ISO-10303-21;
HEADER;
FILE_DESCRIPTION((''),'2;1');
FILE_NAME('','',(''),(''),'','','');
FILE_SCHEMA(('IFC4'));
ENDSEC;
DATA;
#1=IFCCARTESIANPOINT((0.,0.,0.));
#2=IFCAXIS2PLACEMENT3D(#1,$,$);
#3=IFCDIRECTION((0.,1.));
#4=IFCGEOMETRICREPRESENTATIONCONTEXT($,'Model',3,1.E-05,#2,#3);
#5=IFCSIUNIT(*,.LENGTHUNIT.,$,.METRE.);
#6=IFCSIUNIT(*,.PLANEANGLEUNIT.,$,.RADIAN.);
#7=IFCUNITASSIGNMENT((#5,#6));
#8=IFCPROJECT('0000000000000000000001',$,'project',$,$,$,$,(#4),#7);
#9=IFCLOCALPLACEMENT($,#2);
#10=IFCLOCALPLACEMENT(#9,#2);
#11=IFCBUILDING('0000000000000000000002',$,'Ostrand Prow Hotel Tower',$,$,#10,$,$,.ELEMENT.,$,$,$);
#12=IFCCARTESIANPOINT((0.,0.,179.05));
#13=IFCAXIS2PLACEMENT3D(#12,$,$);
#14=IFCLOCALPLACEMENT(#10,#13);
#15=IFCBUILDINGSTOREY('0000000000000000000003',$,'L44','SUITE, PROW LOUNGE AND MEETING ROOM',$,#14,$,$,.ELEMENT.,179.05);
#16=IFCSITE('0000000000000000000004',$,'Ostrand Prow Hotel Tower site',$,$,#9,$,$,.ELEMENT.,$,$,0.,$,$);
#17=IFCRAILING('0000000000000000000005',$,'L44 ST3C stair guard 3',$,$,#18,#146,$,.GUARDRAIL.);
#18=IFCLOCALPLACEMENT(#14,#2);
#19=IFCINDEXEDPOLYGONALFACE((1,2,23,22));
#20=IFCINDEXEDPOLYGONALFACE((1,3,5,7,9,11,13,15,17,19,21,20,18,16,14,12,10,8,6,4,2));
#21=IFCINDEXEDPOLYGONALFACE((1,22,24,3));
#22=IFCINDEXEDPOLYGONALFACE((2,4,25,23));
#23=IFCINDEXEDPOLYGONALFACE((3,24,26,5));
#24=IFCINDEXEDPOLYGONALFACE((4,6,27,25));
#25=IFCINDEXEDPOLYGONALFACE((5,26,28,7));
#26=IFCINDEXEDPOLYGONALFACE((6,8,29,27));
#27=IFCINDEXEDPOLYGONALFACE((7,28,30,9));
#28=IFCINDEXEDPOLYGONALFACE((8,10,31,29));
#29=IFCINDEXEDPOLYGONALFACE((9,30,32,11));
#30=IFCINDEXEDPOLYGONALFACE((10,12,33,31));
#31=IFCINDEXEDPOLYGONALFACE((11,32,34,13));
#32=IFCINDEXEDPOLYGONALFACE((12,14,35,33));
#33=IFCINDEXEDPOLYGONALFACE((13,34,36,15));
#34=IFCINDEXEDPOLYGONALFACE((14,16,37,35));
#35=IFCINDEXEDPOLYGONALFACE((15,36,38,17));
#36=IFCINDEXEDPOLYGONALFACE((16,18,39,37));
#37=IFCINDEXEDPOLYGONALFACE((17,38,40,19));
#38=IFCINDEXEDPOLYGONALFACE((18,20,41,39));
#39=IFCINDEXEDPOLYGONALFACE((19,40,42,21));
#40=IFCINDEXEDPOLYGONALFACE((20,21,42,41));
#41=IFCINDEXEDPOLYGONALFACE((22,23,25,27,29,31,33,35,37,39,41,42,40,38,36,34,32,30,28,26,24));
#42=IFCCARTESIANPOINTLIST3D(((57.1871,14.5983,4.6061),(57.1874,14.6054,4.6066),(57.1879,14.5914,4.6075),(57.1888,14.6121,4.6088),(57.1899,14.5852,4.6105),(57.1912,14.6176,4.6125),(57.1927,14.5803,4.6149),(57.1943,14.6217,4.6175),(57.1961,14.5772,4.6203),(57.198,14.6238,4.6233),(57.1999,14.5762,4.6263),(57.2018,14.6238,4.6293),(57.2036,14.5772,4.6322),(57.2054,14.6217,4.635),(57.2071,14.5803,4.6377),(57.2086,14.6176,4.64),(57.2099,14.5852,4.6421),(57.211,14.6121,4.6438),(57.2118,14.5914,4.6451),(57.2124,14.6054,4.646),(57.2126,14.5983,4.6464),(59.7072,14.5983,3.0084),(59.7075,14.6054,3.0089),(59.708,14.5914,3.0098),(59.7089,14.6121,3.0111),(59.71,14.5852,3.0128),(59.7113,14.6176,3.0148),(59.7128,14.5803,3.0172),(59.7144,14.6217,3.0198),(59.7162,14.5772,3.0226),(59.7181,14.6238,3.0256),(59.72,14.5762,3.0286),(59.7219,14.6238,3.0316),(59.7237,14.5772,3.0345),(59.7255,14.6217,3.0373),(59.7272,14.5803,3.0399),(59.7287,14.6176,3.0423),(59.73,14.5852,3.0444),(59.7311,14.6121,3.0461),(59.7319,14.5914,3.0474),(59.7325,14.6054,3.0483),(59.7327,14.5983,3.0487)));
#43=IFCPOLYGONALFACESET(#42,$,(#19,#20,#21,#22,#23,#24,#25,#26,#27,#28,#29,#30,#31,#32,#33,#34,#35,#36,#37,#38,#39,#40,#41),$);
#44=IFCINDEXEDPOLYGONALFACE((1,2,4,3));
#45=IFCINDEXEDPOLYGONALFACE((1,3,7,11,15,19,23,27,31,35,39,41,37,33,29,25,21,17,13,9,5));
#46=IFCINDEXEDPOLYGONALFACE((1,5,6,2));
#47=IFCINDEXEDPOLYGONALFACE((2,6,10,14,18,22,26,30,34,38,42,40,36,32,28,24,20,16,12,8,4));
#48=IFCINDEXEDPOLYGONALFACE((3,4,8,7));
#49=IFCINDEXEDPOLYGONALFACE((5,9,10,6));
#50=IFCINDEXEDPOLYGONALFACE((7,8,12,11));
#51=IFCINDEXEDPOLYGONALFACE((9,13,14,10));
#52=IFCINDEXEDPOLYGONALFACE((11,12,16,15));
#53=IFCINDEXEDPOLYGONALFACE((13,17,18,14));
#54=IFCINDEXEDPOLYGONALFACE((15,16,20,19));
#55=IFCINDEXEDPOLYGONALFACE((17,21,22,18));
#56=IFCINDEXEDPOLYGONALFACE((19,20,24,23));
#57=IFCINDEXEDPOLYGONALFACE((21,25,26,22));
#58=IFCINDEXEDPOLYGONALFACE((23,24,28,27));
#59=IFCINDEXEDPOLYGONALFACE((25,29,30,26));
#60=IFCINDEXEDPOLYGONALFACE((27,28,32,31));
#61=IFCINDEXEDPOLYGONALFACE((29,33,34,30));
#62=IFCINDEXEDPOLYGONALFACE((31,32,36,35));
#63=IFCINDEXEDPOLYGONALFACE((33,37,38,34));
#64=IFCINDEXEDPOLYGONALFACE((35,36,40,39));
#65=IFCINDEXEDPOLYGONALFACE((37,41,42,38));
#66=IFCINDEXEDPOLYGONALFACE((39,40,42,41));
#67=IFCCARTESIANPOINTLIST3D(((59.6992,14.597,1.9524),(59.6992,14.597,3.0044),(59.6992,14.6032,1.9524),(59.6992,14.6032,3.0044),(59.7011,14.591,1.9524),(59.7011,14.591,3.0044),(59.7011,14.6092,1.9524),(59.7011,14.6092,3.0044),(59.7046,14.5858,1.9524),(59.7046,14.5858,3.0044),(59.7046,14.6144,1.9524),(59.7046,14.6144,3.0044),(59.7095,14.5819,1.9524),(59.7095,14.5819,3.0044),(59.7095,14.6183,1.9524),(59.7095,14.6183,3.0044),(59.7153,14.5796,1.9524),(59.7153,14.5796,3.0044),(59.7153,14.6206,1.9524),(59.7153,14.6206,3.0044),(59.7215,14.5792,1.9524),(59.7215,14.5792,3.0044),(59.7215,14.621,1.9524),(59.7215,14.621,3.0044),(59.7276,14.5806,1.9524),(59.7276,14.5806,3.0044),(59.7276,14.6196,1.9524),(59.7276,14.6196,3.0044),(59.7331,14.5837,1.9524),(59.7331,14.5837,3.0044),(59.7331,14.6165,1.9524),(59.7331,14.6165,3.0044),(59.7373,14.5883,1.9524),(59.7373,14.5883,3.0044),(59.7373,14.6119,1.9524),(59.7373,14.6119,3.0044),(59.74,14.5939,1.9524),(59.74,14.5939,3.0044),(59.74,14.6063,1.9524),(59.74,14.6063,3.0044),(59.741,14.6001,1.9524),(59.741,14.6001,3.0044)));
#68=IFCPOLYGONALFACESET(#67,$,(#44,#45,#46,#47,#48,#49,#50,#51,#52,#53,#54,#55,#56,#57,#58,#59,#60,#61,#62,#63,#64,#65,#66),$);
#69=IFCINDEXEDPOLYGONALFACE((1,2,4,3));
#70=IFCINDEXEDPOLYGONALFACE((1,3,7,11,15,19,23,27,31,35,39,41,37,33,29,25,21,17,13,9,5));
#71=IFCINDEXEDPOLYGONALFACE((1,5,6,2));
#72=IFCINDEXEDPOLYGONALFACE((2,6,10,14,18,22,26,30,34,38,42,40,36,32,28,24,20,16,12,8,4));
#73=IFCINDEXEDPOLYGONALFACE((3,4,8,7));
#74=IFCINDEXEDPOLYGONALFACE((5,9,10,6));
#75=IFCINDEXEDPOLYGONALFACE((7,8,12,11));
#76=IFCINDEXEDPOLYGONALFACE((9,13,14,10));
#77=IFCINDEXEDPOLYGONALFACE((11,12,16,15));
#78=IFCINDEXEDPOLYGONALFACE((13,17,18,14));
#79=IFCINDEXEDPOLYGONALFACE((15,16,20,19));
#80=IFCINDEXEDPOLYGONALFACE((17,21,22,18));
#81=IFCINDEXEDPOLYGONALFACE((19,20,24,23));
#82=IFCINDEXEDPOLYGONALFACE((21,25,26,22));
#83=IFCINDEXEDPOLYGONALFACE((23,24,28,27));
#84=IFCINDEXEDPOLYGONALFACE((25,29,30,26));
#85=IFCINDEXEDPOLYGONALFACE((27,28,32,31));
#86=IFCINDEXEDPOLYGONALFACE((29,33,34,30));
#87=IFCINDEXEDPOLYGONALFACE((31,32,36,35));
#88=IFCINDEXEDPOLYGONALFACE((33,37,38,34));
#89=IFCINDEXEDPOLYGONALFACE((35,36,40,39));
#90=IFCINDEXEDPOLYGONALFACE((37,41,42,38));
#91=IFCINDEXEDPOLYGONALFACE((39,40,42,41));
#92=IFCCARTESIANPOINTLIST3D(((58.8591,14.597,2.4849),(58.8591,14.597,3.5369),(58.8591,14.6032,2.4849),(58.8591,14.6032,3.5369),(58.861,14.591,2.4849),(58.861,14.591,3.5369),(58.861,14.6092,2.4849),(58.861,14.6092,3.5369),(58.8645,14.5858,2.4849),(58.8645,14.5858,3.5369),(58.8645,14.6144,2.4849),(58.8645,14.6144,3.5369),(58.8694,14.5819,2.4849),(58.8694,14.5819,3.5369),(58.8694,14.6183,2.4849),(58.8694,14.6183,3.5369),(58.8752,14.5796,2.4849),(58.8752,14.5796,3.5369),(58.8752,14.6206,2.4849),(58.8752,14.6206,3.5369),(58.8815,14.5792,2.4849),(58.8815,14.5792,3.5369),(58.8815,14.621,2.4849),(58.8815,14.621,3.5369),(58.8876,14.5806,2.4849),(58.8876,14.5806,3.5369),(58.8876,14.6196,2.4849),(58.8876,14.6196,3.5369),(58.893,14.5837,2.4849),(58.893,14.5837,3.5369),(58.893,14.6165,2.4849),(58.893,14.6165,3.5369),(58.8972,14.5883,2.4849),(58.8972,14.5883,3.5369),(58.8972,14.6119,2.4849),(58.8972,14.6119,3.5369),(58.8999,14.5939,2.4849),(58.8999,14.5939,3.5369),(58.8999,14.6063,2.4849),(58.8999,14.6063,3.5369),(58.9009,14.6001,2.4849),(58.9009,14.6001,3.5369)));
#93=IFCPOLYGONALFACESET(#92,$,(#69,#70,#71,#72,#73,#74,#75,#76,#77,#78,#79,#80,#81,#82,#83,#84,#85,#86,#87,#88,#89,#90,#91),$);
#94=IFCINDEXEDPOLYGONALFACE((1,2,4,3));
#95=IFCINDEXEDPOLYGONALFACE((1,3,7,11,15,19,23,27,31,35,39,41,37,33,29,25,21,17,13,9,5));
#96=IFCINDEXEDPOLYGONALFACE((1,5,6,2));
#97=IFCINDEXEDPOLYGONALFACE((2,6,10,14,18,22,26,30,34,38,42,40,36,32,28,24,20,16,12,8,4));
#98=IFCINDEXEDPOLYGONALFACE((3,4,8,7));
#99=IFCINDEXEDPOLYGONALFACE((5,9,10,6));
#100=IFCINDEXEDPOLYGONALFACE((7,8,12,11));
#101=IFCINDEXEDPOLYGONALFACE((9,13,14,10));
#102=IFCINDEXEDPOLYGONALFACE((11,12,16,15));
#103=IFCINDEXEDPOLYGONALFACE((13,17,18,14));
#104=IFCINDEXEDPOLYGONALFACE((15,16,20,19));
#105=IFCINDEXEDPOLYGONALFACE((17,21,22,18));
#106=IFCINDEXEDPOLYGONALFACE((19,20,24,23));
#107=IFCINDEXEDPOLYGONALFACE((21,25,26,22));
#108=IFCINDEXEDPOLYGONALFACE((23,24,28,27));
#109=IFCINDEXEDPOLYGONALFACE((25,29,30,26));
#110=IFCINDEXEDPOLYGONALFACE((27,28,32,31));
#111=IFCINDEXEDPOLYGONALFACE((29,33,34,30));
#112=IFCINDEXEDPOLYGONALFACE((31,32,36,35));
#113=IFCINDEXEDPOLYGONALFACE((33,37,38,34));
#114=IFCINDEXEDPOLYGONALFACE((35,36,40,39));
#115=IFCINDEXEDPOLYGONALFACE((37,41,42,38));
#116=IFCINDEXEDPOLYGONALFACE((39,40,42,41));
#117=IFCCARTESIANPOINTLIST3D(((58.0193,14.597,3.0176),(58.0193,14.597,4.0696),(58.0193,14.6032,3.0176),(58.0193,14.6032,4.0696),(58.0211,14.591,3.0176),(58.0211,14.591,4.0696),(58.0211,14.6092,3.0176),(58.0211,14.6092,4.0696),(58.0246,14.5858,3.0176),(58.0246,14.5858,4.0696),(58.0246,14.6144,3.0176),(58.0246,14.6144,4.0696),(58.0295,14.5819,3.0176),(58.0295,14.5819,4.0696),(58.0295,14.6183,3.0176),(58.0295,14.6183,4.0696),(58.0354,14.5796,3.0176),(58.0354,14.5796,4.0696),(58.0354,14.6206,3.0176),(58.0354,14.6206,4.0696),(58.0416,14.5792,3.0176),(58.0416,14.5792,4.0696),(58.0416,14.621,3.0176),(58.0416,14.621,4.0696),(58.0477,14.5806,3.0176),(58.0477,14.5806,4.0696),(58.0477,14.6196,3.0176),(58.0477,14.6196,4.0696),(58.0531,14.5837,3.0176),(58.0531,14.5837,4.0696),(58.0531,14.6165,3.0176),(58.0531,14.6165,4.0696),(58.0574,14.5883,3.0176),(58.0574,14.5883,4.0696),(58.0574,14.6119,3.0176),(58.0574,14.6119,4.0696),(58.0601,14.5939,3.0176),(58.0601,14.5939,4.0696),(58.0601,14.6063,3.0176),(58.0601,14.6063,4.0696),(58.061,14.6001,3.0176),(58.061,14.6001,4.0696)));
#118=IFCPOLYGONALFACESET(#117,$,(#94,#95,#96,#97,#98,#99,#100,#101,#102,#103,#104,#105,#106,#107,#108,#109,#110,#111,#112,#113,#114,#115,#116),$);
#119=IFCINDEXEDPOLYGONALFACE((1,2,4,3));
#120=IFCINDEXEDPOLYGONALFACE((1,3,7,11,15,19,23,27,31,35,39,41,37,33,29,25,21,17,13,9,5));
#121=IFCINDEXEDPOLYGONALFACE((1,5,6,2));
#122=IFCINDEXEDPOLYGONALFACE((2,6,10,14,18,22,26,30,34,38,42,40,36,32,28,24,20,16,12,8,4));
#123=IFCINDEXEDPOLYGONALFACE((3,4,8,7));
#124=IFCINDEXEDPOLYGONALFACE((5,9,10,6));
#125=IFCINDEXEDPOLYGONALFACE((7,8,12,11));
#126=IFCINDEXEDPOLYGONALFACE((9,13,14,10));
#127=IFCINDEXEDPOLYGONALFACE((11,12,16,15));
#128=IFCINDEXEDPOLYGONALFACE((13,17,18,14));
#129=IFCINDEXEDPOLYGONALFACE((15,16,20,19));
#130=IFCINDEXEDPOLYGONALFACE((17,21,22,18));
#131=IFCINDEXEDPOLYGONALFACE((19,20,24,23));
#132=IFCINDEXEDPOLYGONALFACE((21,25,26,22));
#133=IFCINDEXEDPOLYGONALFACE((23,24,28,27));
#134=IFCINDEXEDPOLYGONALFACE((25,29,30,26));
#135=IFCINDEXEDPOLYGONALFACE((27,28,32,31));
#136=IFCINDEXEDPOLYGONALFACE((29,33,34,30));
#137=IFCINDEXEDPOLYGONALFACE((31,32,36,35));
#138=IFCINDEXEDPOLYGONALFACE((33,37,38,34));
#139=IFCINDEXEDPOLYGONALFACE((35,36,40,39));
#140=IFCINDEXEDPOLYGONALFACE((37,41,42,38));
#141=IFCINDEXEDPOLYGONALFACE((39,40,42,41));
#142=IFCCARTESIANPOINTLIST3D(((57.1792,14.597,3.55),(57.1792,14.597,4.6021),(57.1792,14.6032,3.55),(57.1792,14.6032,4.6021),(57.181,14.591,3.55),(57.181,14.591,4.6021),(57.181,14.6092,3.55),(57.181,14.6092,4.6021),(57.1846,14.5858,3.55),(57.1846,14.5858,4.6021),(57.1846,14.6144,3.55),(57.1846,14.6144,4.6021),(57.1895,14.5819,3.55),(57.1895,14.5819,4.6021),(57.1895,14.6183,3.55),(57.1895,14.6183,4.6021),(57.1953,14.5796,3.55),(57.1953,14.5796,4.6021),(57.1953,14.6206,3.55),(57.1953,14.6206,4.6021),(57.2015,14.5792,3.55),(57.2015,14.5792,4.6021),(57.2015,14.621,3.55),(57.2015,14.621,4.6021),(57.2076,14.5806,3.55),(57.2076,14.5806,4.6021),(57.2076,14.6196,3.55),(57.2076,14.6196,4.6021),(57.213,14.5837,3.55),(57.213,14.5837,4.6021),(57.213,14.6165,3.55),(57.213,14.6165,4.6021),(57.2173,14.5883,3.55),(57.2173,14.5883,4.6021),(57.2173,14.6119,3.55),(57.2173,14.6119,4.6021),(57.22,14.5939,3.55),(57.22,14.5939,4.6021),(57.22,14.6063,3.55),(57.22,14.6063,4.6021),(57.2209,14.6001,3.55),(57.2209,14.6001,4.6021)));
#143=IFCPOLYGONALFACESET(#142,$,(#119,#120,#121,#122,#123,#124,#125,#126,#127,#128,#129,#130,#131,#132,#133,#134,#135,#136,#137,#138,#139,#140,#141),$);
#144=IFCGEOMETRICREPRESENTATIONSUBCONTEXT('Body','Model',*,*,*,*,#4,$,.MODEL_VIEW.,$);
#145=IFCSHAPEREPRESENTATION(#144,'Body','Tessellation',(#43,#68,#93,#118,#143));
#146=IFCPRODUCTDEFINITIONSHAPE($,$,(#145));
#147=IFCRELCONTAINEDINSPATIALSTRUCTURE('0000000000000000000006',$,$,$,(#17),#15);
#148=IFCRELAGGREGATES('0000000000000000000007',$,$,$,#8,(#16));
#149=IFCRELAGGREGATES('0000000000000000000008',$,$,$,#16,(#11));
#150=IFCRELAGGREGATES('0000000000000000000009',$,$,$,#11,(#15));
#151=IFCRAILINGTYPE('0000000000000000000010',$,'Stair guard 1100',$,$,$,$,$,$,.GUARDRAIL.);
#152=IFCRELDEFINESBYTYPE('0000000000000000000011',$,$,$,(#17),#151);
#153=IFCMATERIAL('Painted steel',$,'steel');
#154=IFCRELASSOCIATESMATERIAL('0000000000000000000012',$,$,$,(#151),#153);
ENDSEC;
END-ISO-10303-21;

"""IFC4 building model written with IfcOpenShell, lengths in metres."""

from ifc_helpers import new_model, si_unit, direction, frame, origin, origin_2d, place, context, subcontext, project, spatial, circle, extrude, material, type_object, element, save


model = new_model("IFC4")

# Units and contexts
model_context = context("Model", 3, precision=1e-05, world=origin(), true_north=direction((0.0, 1.0)))
body_context = subcontext(model_context, "Body", "Model", "MODEL_VIEW")
ifc_project = project(units=[si_unit("LENGTHUNIT", "METRE"), si_unit("PLANEANGLEUNIT", "RADIAN")], contexts=[model_context])

# Site, building, storey
site_placement = place(None, origin())
site = spatial("IfcSite", under=ifc_project, at=site_placement, Name="Ostrand Prow Hotel Tower site", CompositionType="ELEMENT", RefElevation=0.0)
building_placement = place(site_placement, origin())
building = spatial("IfcBuilding", under=site, at=building_placement, Name="Ostrand Prow Hotel Tower", CompositionType="ELEMENT")
storey_placement = place(building_placement, frame((0.0, 0.0, 179.05)))
storey = spatial("IfcBuildingStorey", under=building, at=storey_placement, Name="L44", Description="SUITE, PROW LOUNGE AND MEETING ROOM", CompositionType="ELEMENT", Elevation=179.05)

# Railing
ifc_material_1 = material(Name="Painted steel", Category="steel")
railing_type_1 = type_object("IfcRailingType", Name="Stair guard 1100", PredefinedType="GUARDRAIL", material=ifc_material_1)
railing_1_placement = place(storey_placement, frame((59.72, 14.6001, 1.9524)))
element("IfcRailing", 1, at=railing_1_placement, inside=storey, type_object=railing_type_1, Name="L44 ST3C stair guard 3", PredefinedType="GUARDRAIL", context=body_context, shape_type="SweptSolid", body=[
    extrude(circle(Radius=0.0239, at=origin_2d()), frame((0.0, 0.0, 1.0762), z_axis=(-0.84457, 0.0, 0.535445), x_axis=(0.0, -1.0, 0.0)), (0.0, 0.0, 1.0), 2.9839),
    extrude(circle(Radius=0.021, at=origin_2d()), origin(), (0.0, 0.0, 1.0), 1.052),
    extrude(circle(Radius=0.021, at=origin_2d()), frame((-0.8401, 0.0, 0.5325)), (0.0, 0.0, 1.0), 1.052),
    extrude(circle(Radius=0.021, at=origin_2d()), frame((-1.6799, 0.0, 1.0652)), (0.0, 0.0, 1.0), 1.052),
    extrude(circle(Radius=0.021, at=origin_2d()), frame((-2.52, 0.0, 1.5977)), (0.0, 0.0, 1.0), 1.052),
])

save(model, "model.ifc")
